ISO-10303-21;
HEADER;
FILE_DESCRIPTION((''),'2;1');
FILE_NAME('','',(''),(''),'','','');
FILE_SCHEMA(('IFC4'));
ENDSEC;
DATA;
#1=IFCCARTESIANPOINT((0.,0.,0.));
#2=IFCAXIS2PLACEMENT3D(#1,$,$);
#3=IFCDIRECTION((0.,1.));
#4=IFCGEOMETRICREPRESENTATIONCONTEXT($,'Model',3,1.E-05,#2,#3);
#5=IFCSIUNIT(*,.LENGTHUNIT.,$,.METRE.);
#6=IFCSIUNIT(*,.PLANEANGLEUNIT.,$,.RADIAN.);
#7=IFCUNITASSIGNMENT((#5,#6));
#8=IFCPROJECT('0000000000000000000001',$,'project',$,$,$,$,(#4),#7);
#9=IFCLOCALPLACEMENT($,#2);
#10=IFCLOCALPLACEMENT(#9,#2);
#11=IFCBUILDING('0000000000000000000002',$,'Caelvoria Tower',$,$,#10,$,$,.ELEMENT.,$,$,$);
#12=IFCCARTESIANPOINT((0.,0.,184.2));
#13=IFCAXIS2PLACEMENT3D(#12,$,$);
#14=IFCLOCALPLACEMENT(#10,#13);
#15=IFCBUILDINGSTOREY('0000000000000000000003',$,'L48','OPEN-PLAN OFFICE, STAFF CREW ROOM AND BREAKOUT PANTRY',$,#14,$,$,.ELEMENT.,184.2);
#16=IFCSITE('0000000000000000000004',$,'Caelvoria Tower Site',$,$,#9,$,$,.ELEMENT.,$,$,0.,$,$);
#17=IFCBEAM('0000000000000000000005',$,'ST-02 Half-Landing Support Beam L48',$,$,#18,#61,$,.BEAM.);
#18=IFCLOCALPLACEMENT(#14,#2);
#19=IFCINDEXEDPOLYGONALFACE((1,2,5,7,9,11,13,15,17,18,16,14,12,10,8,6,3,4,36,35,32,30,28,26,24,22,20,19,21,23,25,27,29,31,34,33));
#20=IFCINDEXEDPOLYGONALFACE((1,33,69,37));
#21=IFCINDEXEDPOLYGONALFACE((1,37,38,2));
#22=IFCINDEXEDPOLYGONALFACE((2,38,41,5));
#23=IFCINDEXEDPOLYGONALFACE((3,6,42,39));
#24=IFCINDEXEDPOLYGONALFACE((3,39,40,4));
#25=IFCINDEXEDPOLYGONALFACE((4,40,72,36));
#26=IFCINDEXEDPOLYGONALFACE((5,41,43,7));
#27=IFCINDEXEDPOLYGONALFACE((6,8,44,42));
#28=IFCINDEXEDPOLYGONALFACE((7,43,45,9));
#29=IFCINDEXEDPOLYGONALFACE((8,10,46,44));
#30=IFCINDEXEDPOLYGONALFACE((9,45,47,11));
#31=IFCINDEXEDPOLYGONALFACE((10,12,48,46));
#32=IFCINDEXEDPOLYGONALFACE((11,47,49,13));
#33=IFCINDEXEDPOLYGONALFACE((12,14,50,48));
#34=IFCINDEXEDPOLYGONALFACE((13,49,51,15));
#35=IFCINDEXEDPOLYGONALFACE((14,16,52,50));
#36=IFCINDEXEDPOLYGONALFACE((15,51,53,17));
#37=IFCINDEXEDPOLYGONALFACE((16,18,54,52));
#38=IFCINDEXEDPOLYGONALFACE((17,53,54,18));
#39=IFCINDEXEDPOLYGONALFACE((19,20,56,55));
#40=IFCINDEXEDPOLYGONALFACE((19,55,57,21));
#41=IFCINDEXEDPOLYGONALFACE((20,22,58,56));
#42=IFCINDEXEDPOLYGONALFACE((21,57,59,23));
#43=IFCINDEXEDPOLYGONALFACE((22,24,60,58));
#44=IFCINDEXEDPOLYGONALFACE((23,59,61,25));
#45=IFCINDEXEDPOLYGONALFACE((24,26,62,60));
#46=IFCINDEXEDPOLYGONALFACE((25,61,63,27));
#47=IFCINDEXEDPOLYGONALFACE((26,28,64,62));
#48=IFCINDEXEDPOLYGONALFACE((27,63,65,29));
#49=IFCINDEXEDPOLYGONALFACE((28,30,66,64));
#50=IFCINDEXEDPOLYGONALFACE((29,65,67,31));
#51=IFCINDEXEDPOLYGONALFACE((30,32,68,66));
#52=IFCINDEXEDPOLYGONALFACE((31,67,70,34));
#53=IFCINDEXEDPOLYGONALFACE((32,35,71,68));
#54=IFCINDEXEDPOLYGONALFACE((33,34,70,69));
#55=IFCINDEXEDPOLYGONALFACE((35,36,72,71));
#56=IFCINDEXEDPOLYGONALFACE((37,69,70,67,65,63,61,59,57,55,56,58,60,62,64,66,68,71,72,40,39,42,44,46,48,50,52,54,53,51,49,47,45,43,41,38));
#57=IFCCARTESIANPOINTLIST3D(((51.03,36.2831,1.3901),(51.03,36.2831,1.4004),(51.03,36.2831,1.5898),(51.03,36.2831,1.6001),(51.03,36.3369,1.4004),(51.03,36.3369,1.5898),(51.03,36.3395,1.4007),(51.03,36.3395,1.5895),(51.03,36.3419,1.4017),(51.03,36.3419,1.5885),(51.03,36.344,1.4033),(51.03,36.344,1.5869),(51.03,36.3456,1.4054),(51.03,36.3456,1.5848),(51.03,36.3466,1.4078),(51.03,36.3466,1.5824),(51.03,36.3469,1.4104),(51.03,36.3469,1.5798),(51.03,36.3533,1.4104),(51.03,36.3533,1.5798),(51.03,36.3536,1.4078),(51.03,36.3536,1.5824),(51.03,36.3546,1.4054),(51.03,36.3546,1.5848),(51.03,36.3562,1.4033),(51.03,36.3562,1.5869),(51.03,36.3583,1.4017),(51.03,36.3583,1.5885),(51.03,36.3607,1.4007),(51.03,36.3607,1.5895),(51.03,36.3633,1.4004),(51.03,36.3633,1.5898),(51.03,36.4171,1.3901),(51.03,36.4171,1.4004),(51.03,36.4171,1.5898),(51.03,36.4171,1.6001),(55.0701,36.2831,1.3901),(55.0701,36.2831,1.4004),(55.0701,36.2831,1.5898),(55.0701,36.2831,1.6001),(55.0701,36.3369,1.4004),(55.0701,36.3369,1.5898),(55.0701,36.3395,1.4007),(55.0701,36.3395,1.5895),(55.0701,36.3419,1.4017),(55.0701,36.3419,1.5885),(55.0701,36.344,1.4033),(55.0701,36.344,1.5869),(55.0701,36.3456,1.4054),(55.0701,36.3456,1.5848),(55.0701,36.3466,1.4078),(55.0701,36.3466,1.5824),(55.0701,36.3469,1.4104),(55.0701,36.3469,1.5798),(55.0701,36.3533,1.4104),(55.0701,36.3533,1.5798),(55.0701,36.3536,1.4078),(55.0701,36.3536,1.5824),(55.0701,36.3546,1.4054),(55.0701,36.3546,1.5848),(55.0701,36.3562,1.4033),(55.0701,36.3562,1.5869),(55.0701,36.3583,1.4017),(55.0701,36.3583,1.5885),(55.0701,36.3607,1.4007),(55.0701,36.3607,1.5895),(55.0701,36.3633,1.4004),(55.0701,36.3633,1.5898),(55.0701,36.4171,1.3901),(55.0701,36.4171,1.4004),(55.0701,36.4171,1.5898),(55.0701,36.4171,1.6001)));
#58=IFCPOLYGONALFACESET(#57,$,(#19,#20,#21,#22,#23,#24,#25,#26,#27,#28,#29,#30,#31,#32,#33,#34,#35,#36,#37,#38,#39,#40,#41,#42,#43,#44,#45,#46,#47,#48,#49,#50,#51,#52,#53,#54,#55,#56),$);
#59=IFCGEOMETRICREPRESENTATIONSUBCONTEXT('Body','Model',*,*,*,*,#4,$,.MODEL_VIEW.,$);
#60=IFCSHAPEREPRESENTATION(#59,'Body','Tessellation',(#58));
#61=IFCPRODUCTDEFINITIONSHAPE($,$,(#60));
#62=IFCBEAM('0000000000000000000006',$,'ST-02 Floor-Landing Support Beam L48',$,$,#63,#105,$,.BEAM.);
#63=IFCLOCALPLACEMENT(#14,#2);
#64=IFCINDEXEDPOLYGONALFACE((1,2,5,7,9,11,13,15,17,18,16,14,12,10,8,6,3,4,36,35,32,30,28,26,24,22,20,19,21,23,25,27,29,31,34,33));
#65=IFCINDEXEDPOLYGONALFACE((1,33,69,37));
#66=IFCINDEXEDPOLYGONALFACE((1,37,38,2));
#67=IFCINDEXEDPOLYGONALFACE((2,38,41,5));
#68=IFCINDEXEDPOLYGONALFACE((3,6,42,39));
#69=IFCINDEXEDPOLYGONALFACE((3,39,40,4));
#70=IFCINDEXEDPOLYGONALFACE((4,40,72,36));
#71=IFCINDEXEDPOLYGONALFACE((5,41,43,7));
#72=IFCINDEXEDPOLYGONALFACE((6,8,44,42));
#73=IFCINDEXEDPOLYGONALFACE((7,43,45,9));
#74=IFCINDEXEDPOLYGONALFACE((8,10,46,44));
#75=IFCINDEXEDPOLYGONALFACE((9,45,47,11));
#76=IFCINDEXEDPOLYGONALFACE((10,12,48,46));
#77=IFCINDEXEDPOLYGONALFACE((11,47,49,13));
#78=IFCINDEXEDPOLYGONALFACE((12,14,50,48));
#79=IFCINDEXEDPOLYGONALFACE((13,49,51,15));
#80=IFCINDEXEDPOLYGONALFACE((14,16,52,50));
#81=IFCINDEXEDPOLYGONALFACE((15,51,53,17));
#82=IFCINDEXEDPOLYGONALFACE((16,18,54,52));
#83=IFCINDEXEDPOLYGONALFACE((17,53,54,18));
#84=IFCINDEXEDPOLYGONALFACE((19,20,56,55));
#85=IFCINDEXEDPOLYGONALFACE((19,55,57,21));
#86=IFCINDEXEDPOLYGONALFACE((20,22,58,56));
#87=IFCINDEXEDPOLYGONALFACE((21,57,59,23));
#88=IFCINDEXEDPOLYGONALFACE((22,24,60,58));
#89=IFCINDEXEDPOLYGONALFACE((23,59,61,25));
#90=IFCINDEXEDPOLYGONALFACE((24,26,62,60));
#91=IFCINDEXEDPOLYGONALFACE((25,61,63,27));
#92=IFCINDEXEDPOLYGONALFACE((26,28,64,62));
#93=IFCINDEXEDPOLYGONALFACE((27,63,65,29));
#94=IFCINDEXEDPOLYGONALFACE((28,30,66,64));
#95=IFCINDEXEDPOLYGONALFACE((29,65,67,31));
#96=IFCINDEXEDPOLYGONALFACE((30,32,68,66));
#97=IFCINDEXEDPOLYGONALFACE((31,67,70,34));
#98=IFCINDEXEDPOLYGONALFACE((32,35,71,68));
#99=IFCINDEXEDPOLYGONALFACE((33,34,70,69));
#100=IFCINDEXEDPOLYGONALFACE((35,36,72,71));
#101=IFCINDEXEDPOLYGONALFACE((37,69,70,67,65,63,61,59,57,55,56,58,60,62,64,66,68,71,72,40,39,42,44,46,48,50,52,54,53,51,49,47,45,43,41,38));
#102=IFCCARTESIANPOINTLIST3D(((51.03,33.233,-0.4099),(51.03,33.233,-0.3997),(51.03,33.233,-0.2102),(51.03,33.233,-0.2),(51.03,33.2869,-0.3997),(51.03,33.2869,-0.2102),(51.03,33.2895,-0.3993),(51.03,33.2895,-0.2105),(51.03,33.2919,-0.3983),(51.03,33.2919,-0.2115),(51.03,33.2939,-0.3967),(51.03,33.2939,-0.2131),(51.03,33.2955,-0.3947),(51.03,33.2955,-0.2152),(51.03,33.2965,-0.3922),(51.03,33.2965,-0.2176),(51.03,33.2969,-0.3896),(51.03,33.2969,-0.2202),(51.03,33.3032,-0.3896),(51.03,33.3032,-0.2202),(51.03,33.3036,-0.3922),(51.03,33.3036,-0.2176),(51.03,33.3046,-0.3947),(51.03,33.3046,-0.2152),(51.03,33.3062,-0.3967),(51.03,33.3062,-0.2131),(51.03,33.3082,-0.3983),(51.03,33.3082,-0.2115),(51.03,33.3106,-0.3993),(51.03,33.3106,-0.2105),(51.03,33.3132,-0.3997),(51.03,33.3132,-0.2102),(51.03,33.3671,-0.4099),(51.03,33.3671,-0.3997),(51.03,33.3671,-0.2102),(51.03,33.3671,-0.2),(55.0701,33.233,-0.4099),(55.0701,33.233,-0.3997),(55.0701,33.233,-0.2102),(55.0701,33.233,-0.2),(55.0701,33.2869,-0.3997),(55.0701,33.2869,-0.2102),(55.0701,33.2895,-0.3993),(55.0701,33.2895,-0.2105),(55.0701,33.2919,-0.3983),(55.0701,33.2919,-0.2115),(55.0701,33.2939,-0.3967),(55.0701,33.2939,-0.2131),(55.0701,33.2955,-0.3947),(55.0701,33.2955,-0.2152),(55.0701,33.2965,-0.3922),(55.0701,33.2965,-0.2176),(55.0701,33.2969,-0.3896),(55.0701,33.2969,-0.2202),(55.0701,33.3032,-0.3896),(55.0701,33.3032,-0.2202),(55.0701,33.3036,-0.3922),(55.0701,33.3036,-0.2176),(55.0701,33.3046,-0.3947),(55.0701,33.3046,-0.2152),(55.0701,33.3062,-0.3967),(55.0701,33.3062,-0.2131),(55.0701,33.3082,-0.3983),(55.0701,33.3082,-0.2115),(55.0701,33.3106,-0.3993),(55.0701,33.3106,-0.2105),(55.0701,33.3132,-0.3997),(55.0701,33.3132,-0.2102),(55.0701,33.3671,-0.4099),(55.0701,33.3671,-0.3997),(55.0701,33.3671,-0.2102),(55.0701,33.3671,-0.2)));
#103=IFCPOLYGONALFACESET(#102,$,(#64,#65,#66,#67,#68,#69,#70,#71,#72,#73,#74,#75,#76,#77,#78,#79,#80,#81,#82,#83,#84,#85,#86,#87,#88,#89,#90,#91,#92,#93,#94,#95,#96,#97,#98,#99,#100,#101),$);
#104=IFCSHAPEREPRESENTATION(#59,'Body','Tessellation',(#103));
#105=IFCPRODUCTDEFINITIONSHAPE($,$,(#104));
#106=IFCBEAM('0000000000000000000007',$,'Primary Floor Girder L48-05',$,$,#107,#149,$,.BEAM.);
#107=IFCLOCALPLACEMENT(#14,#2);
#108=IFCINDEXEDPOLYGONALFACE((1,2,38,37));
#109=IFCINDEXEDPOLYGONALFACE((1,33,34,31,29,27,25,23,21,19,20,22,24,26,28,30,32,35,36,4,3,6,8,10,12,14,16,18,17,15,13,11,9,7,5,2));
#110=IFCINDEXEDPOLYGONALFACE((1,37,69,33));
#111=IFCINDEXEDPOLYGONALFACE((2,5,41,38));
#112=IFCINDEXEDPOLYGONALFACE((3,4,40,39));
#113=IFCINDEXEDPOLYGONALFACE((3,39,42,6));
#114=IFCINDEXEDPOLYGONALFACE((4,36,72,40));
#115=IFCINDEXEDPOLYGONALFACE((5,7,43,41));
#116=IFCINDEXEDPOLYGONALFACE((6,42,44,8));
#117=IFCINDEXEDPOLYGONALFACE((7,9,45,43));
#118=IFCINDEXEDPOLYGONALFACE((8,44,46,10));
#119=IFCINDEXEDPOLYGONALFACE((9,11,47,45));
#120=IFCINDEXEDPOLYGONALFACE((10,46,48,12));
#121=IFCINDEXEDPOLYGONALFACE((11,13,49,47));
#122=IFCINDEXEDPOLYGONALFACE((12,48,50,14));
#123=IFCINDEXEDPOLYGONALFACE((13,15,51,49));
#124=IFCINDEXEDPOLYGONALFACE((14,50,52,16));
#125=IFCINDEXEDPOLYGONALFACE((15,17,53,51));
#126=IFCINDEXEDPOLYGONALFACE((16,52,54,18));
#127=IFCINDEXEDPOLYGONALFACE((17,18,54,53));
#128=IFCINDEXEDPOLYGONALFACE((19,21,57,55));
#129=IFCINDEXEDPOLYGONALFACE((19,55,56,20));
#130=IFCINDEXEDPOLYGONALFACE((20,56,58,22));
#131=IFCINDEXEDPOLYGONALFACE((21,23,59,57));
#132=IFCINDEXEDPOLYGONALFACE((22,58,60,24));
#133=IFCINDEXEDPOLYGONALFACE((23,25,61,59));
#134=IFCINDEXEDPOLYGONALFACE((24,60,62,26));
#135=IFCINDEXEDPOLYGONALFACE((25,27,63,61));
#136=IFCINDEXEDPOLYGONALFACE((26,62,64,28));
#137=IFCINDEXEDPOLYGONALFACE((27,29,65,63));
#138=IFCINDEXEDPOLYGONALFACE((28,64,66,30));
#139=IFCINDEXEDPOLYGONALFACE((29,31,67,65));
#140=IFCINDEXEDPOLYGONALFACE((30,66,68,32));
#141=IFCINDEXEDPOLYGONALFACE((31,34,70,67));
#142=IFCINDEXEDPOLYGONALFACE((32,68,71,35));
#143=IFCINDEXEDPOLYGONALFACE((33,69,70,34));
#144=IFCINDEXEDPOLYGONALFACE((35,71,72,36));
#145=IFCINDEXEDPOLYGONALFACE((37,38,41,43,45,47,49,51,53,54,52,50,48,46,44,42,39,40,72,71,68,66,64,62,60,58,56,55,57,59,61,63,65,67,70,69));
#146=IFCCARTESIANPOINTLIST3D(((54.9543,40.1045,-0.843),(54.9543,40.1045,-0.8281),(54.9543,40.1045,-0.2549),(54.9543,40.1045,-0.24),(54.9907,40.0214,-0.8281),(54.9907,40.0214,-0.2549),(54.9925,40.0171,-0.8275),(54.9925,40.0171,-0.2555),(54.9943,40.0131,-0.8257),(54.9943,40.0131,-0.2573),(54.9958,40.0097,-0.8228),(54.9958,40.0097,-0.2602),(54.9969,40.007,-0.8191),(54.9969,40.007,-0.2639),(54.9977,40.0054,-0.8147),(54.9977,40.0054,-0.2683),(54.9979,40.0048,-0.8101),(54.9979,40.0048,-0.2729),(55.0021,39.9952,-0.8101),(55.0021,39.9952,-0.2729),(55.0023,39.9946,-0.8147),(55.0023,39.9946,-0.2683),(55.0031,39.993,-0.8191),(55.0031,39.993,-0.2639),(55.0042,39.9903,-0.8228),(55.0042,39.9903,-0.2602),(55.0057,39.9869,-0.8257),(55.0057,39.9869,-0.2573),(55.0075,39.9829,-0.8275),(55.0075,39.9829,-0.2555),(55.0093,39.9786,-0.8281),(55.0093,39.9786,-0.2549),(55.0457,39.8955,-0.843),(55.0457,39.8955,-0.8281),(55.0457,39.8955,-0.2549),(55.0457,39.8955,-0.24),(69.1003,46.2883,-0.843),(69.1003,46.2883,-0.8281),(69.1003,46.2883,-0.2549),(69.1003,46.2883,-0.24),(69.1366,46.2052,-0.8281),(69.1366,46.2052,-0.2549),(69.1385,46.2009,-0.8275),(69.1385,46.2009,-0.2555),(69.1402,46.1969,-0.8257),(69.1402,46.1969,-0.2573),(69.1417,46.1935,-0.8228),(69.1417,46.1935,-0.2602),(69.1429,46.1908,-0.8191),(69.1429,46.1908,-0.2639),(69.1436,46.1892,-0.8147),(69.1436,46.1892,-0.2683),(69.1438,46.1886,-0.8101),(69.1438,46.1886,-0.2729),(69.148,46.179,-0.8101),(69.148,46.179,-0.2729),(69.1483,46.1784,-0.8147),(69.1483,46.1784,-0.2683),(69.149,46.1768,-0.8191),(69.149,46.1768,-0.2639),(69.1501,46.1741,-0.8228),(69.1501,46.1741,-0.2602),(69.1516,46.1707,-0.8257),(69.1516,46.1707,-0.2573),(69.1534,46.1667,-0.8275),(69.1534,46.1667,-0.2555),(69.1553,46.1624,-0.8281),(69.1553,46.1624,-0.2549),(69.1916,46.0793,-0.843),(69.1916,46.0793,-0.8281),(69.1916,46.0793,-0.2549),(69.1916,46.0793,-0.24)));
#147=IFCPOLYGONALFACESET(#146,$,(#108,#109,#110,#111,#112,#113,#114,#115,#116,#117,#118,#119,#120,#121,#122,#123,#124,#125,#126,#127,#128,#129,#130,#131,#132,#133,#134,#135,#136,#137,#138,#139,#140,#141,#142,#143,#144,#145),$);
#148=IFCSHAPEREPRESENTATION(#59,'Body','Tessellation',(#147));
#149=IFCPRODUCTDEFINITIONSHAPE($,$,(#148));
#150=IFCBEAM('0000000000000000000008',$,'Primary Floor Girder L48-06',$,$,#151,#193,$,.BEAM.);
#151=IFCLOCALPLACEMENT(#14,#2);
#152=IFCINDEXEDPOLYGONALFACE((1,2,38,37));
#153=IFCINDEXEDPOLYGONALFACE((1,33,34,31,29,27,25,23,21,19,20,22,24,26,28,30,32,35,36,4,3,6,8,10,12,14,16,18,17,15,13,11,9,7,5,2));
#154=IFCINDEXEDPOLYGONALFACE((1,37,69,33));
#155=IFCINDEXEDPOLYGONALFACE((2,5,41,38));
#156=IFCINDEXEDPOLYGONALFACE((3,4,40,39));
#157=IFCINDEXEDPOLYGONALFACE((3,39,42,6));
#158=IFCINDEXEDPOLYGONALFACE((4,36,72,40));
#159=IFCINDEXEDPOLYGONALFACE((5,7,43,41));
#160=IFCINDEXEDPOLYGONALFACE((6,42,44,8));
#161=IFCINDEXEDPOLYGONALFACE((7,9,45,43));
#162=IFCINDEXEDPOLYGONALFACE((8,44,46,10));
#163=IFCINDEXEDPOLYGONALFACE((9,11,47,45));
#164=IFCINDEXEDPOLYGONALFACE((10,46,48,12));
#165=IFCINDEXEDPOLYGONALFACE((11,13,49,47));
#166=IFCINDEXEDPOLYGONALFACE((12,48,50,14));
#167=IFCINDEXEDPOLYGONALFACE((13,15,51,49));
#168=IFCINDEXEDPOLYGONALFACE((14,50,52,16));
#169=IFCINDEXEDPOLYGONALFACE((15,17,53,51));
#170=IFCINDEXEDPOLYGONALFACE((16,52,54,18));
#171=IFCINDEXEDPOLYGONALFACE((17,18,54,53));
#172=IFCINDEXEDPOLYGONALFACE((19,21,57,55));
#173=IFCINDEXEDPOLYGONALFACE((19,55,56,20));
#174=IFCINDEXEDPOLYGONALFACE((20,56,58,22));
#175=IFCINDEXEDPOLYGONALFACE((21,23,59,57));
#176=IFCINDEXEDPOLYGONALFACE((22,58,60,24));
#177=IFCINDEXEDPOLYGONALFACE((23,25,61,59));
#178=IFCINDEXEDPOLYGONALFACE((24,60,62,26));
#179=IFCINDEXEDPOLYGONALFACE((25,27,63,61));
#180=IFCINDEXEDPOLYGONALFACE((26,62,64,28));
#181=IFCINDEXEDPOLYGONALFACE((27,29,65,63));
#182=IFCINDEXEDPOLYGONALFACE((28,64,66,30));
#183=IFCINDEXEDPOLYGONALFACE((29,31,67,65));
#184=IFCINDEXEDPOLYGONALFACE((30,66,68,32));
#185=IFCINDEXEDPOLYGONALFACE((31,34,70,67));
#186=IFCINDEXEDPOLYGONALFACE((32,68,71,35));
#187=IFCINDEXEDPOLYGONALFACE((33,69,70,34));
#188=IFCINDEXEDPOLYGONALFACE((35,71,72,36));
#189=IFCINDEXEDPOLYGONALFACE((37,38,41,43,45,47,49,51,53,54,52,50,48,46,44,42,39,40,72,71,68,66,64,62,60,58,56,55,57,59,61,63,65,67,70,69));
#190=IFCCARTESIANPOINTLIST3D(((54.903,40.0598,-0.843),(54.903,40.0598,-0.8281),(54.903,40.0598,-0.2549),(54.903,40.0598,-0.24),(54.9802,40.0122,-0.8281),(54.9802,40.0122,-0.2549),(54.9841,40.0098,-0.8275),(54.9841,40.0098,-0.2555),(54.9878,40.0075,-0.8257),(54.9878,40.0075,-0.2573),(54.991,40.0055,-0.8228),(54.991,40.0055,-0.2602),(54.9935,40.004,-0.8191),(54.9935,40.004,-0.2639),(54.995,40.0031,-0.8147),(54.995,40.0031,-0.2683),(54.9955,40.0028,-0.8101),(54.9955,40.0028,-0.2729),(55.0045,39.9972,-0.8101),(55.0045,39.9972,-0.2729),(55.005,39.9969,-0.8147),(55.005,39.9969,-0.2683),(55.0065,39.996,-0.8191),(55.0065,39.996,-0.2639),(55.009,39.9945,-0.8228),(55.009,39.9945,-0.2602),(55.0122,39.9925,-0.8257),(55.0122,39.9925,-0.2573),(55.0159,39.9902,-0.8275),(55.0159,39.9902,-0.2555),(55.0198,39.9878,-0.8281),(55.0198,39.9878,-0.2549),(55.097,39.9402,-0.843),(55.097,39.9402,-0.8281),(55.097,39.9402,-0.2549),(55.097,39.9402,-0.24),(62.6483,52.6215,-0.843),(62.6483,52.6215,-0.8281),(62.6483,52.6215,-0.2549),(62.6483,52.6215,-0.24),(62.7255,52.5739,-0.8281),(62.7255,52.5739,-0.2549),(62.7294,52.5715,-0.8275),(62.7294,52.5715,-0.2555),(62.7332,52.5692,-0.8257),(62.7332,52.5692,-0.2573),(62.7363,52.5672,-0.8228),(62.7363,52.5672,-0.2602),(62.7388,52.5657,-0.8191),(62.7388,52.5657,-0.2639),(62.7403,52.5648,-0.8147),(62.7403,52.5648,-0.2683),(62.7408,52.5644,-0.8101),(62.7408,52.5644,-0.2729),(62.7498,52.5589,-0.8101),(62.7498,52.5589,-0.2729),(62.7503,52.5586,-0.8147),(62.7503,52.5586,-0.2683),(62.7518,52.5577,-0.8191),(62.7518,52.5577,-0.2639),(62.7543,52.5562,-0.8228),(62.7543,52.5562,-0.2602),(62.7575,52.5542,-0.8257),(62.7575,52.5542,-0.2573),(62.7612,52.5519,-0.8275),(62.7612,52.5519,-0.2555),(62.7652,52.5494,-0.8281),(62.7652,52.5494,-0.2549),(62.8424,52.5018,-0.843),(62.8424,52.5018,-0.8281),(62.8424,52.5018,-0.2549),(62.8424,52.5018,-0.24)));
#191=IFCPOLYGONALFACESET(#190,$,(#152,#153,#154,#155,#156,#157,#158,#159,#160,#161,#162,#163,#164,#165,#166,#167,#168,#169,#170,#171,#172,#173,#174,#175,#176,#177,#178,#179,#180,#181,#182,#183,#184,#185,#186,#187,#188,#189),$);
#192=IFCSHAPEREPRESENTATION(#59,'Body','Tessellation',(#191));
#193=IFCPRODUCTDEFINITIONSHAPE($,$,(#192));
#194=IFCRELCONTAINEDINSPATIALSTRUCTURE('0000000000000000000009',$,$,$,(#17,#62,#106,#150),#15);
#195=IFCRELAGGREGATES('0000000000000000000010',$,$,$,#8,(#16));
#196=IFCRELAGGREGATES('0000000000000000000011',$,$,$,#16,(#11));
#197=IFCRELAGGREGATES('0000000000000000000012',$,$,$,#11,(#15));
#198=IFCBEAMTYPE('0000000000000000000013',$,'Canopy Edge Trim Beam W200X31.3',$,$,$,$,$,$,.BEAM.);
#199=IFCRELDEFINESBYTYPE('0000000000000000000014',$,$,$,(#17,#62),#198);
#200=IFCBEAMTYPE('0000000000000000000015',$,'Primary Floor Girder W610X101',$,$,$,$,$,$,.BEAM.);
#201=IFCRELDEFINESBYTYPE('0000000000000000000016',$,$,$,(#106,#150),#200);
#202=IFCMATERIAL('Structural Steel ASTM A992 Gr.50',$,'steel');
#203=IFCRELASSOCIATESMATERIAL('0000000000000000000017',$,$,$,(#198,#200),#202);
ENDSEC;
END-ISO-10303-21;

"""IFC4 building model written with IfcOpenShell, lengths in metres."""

from ifc_helpers import new_model, si_unit, direction, frame, origin, origin_2d, place, context, subcontext, project, spatial, i_section, extrude, material, material_profile, profile_set, type_object, element, save


model = new_model("IFC4")

# Units and contexts
model_context = context("Model", 3, precision=1e-05, world=origin(), true_north=direction((0.0, 1.0)))
body_context = subcontext(model_context, "Body", "Model", "MODEL_VIEW")
ifc_project = project(units=[si_unit("LENGTHUNIT", "METRE"), si_unit("PLANEANGLEUNIT", "RADIAN")], contexts=[model_context])

# Site, building, storey
site_placement = place(None, origin())
site = spatial("IfcSite", under=ifc_project, at=site_placement, Name="Caelvoria Tower Site", CompositionType="ELEMENT", RefElevation=0.0)
building_placement = place(site_placement, origin())
building = spatial("IfcBuilding", under=site, at=building_placement, Name="Caelvoria Tower", CompositionType="ELEMENT")
storey_placement = place(building_placement, frame((0.0, 0.0, 184.2)))
storey = spatial("IfcBuildingStorey", under=building, at=storey_placement, Name="L48", Description="OPEN-PLAN OFFICE, STAFF CREW ROOM AND BREAKOUT PANTRY", CompositionType="ELEMENT", Elevation=184.2)

# Beams
ifc_material_1 = material(Name="Structural Steel ASTM A992 Gr.50", Category="steel")
ifc_material_profile_1 = material_profile(ifc_material_1, i_section(OverallWidth=0.134, OverallDepth=0.21, WebThickness=0.0063, FlangeThickness=0.0103, FilletRadius=0.01, at=origin_2d()), Name="Structural Steel ASTM A992 Gr.50")
ifc_profile_set_1 = profile_set([ifc_material_profile_1], Name="W200X31.3 - Structural Steel ASTM A992 Gr.50")
beam_type_1 = type_object("IfcBeamType", Name="Canopy Edge Trim Beam W200X31.3", PredefinedType="BEAM", material=ifc_profile_set_1)
for number, where, z_axis, x_axis, name in (
    (1, (51.03, 36.3501, 1.4951), (1.0, 0.0, 0.0), (0.0, 1.0, 0.0), "ST-02 Half-Landing Support Beam L48"),
    (2, (51.03, 33.3, -0.3049), (1.0, 0.0, 0.0), (0.0, 1.0, 0.0), "ST-02 Floor-Landing Support Beam L48"),
):
    element("IfcBeam", number, at=place(storey_placement, frame(where, z_axis=z_axis, x_axis=x_axis)), inside=storey, type_object=beam_type_1, Name=name, PredefinedType="BEAM", context=body_context, shape_type="SweptSolid", body=[
        extrude(i_section(OverallWidth=0.134, OverallDepth=0.21, WebThickness=0.0063, FlangeThickness=0.0103, FilletRadius=0.01, at=origin_2d()), origin(), (0.0, 0.0, 1.0), 4.04),
    ])
ifc_material_profile_2 = material_profile(ifc_material_1, i_section(OverallWidth=0.228, OverallDepth=0.603, WebThickness=0.0105, FlangeThickness=0.0149, FilletRadius=0.0181, at=origin_2d()), Name="Structural Steel ASTM A992 Gr.50")
ifc_profile_set_2 = profile_set([ifc_material_profile_2], Name="W610X101 - Structural Steel ASTM A992 Gr.50")
beam_type_2 = type_object("IfcBeamType", Name="Primary Floor Girder W610X101", PredefinedType="BEAM", material=ifc_profile_set_2)
beam_1_placement = place(storey_placement, frame((55.0, 40.0, -0.5415), z_axis=(0.916277, 0.400545, 0.0), x_axis=(-0.400545, 0.916277, 0.0)))
element("IfcBeam", 3, at=beam_1_placement, inside=storey, type_object=beam_type_2, Name="Primary Floor Girder L48-05", PredefinedType="BEAM", context=body_context, shape_type="SweptSolid", body=[
    extrude(i_section(OverallWidth=0.228, OverallDepth=0.603, WebThickness=0.0105, FlangeThickness=0.0149, FilletRadius=0.0181, at=origin_2d()), origin(), (0.0, 0.0, 1.0), 15.4385),
])
beam_2_placement = place(storey_placement, frame((55.0, 40.0, -0.5415), z_axis=(0.524837, 0.851203, 0.0), x_axis=(-0.851203, 0.524837, 0.0)))
element("IfcBeam", 4, at=beam_2_placement, inside=storey, type_object=beam_type_2, Name="Primary Floor Girder L48-06", PredefinedType="BEAM", context=body_context, shape_type="SweptSolid", body=[
    extrude(i_section(OverallWidth=0.228, OverallDepth=0.603, WebThickness=0.0105, FlangeThickness=0.0149, FilletRadius=0.0181, at=origin_2d()), origin(), (0.0, 0.0, 1.0), 14.7576),
])

save(model, "model.ifc")
